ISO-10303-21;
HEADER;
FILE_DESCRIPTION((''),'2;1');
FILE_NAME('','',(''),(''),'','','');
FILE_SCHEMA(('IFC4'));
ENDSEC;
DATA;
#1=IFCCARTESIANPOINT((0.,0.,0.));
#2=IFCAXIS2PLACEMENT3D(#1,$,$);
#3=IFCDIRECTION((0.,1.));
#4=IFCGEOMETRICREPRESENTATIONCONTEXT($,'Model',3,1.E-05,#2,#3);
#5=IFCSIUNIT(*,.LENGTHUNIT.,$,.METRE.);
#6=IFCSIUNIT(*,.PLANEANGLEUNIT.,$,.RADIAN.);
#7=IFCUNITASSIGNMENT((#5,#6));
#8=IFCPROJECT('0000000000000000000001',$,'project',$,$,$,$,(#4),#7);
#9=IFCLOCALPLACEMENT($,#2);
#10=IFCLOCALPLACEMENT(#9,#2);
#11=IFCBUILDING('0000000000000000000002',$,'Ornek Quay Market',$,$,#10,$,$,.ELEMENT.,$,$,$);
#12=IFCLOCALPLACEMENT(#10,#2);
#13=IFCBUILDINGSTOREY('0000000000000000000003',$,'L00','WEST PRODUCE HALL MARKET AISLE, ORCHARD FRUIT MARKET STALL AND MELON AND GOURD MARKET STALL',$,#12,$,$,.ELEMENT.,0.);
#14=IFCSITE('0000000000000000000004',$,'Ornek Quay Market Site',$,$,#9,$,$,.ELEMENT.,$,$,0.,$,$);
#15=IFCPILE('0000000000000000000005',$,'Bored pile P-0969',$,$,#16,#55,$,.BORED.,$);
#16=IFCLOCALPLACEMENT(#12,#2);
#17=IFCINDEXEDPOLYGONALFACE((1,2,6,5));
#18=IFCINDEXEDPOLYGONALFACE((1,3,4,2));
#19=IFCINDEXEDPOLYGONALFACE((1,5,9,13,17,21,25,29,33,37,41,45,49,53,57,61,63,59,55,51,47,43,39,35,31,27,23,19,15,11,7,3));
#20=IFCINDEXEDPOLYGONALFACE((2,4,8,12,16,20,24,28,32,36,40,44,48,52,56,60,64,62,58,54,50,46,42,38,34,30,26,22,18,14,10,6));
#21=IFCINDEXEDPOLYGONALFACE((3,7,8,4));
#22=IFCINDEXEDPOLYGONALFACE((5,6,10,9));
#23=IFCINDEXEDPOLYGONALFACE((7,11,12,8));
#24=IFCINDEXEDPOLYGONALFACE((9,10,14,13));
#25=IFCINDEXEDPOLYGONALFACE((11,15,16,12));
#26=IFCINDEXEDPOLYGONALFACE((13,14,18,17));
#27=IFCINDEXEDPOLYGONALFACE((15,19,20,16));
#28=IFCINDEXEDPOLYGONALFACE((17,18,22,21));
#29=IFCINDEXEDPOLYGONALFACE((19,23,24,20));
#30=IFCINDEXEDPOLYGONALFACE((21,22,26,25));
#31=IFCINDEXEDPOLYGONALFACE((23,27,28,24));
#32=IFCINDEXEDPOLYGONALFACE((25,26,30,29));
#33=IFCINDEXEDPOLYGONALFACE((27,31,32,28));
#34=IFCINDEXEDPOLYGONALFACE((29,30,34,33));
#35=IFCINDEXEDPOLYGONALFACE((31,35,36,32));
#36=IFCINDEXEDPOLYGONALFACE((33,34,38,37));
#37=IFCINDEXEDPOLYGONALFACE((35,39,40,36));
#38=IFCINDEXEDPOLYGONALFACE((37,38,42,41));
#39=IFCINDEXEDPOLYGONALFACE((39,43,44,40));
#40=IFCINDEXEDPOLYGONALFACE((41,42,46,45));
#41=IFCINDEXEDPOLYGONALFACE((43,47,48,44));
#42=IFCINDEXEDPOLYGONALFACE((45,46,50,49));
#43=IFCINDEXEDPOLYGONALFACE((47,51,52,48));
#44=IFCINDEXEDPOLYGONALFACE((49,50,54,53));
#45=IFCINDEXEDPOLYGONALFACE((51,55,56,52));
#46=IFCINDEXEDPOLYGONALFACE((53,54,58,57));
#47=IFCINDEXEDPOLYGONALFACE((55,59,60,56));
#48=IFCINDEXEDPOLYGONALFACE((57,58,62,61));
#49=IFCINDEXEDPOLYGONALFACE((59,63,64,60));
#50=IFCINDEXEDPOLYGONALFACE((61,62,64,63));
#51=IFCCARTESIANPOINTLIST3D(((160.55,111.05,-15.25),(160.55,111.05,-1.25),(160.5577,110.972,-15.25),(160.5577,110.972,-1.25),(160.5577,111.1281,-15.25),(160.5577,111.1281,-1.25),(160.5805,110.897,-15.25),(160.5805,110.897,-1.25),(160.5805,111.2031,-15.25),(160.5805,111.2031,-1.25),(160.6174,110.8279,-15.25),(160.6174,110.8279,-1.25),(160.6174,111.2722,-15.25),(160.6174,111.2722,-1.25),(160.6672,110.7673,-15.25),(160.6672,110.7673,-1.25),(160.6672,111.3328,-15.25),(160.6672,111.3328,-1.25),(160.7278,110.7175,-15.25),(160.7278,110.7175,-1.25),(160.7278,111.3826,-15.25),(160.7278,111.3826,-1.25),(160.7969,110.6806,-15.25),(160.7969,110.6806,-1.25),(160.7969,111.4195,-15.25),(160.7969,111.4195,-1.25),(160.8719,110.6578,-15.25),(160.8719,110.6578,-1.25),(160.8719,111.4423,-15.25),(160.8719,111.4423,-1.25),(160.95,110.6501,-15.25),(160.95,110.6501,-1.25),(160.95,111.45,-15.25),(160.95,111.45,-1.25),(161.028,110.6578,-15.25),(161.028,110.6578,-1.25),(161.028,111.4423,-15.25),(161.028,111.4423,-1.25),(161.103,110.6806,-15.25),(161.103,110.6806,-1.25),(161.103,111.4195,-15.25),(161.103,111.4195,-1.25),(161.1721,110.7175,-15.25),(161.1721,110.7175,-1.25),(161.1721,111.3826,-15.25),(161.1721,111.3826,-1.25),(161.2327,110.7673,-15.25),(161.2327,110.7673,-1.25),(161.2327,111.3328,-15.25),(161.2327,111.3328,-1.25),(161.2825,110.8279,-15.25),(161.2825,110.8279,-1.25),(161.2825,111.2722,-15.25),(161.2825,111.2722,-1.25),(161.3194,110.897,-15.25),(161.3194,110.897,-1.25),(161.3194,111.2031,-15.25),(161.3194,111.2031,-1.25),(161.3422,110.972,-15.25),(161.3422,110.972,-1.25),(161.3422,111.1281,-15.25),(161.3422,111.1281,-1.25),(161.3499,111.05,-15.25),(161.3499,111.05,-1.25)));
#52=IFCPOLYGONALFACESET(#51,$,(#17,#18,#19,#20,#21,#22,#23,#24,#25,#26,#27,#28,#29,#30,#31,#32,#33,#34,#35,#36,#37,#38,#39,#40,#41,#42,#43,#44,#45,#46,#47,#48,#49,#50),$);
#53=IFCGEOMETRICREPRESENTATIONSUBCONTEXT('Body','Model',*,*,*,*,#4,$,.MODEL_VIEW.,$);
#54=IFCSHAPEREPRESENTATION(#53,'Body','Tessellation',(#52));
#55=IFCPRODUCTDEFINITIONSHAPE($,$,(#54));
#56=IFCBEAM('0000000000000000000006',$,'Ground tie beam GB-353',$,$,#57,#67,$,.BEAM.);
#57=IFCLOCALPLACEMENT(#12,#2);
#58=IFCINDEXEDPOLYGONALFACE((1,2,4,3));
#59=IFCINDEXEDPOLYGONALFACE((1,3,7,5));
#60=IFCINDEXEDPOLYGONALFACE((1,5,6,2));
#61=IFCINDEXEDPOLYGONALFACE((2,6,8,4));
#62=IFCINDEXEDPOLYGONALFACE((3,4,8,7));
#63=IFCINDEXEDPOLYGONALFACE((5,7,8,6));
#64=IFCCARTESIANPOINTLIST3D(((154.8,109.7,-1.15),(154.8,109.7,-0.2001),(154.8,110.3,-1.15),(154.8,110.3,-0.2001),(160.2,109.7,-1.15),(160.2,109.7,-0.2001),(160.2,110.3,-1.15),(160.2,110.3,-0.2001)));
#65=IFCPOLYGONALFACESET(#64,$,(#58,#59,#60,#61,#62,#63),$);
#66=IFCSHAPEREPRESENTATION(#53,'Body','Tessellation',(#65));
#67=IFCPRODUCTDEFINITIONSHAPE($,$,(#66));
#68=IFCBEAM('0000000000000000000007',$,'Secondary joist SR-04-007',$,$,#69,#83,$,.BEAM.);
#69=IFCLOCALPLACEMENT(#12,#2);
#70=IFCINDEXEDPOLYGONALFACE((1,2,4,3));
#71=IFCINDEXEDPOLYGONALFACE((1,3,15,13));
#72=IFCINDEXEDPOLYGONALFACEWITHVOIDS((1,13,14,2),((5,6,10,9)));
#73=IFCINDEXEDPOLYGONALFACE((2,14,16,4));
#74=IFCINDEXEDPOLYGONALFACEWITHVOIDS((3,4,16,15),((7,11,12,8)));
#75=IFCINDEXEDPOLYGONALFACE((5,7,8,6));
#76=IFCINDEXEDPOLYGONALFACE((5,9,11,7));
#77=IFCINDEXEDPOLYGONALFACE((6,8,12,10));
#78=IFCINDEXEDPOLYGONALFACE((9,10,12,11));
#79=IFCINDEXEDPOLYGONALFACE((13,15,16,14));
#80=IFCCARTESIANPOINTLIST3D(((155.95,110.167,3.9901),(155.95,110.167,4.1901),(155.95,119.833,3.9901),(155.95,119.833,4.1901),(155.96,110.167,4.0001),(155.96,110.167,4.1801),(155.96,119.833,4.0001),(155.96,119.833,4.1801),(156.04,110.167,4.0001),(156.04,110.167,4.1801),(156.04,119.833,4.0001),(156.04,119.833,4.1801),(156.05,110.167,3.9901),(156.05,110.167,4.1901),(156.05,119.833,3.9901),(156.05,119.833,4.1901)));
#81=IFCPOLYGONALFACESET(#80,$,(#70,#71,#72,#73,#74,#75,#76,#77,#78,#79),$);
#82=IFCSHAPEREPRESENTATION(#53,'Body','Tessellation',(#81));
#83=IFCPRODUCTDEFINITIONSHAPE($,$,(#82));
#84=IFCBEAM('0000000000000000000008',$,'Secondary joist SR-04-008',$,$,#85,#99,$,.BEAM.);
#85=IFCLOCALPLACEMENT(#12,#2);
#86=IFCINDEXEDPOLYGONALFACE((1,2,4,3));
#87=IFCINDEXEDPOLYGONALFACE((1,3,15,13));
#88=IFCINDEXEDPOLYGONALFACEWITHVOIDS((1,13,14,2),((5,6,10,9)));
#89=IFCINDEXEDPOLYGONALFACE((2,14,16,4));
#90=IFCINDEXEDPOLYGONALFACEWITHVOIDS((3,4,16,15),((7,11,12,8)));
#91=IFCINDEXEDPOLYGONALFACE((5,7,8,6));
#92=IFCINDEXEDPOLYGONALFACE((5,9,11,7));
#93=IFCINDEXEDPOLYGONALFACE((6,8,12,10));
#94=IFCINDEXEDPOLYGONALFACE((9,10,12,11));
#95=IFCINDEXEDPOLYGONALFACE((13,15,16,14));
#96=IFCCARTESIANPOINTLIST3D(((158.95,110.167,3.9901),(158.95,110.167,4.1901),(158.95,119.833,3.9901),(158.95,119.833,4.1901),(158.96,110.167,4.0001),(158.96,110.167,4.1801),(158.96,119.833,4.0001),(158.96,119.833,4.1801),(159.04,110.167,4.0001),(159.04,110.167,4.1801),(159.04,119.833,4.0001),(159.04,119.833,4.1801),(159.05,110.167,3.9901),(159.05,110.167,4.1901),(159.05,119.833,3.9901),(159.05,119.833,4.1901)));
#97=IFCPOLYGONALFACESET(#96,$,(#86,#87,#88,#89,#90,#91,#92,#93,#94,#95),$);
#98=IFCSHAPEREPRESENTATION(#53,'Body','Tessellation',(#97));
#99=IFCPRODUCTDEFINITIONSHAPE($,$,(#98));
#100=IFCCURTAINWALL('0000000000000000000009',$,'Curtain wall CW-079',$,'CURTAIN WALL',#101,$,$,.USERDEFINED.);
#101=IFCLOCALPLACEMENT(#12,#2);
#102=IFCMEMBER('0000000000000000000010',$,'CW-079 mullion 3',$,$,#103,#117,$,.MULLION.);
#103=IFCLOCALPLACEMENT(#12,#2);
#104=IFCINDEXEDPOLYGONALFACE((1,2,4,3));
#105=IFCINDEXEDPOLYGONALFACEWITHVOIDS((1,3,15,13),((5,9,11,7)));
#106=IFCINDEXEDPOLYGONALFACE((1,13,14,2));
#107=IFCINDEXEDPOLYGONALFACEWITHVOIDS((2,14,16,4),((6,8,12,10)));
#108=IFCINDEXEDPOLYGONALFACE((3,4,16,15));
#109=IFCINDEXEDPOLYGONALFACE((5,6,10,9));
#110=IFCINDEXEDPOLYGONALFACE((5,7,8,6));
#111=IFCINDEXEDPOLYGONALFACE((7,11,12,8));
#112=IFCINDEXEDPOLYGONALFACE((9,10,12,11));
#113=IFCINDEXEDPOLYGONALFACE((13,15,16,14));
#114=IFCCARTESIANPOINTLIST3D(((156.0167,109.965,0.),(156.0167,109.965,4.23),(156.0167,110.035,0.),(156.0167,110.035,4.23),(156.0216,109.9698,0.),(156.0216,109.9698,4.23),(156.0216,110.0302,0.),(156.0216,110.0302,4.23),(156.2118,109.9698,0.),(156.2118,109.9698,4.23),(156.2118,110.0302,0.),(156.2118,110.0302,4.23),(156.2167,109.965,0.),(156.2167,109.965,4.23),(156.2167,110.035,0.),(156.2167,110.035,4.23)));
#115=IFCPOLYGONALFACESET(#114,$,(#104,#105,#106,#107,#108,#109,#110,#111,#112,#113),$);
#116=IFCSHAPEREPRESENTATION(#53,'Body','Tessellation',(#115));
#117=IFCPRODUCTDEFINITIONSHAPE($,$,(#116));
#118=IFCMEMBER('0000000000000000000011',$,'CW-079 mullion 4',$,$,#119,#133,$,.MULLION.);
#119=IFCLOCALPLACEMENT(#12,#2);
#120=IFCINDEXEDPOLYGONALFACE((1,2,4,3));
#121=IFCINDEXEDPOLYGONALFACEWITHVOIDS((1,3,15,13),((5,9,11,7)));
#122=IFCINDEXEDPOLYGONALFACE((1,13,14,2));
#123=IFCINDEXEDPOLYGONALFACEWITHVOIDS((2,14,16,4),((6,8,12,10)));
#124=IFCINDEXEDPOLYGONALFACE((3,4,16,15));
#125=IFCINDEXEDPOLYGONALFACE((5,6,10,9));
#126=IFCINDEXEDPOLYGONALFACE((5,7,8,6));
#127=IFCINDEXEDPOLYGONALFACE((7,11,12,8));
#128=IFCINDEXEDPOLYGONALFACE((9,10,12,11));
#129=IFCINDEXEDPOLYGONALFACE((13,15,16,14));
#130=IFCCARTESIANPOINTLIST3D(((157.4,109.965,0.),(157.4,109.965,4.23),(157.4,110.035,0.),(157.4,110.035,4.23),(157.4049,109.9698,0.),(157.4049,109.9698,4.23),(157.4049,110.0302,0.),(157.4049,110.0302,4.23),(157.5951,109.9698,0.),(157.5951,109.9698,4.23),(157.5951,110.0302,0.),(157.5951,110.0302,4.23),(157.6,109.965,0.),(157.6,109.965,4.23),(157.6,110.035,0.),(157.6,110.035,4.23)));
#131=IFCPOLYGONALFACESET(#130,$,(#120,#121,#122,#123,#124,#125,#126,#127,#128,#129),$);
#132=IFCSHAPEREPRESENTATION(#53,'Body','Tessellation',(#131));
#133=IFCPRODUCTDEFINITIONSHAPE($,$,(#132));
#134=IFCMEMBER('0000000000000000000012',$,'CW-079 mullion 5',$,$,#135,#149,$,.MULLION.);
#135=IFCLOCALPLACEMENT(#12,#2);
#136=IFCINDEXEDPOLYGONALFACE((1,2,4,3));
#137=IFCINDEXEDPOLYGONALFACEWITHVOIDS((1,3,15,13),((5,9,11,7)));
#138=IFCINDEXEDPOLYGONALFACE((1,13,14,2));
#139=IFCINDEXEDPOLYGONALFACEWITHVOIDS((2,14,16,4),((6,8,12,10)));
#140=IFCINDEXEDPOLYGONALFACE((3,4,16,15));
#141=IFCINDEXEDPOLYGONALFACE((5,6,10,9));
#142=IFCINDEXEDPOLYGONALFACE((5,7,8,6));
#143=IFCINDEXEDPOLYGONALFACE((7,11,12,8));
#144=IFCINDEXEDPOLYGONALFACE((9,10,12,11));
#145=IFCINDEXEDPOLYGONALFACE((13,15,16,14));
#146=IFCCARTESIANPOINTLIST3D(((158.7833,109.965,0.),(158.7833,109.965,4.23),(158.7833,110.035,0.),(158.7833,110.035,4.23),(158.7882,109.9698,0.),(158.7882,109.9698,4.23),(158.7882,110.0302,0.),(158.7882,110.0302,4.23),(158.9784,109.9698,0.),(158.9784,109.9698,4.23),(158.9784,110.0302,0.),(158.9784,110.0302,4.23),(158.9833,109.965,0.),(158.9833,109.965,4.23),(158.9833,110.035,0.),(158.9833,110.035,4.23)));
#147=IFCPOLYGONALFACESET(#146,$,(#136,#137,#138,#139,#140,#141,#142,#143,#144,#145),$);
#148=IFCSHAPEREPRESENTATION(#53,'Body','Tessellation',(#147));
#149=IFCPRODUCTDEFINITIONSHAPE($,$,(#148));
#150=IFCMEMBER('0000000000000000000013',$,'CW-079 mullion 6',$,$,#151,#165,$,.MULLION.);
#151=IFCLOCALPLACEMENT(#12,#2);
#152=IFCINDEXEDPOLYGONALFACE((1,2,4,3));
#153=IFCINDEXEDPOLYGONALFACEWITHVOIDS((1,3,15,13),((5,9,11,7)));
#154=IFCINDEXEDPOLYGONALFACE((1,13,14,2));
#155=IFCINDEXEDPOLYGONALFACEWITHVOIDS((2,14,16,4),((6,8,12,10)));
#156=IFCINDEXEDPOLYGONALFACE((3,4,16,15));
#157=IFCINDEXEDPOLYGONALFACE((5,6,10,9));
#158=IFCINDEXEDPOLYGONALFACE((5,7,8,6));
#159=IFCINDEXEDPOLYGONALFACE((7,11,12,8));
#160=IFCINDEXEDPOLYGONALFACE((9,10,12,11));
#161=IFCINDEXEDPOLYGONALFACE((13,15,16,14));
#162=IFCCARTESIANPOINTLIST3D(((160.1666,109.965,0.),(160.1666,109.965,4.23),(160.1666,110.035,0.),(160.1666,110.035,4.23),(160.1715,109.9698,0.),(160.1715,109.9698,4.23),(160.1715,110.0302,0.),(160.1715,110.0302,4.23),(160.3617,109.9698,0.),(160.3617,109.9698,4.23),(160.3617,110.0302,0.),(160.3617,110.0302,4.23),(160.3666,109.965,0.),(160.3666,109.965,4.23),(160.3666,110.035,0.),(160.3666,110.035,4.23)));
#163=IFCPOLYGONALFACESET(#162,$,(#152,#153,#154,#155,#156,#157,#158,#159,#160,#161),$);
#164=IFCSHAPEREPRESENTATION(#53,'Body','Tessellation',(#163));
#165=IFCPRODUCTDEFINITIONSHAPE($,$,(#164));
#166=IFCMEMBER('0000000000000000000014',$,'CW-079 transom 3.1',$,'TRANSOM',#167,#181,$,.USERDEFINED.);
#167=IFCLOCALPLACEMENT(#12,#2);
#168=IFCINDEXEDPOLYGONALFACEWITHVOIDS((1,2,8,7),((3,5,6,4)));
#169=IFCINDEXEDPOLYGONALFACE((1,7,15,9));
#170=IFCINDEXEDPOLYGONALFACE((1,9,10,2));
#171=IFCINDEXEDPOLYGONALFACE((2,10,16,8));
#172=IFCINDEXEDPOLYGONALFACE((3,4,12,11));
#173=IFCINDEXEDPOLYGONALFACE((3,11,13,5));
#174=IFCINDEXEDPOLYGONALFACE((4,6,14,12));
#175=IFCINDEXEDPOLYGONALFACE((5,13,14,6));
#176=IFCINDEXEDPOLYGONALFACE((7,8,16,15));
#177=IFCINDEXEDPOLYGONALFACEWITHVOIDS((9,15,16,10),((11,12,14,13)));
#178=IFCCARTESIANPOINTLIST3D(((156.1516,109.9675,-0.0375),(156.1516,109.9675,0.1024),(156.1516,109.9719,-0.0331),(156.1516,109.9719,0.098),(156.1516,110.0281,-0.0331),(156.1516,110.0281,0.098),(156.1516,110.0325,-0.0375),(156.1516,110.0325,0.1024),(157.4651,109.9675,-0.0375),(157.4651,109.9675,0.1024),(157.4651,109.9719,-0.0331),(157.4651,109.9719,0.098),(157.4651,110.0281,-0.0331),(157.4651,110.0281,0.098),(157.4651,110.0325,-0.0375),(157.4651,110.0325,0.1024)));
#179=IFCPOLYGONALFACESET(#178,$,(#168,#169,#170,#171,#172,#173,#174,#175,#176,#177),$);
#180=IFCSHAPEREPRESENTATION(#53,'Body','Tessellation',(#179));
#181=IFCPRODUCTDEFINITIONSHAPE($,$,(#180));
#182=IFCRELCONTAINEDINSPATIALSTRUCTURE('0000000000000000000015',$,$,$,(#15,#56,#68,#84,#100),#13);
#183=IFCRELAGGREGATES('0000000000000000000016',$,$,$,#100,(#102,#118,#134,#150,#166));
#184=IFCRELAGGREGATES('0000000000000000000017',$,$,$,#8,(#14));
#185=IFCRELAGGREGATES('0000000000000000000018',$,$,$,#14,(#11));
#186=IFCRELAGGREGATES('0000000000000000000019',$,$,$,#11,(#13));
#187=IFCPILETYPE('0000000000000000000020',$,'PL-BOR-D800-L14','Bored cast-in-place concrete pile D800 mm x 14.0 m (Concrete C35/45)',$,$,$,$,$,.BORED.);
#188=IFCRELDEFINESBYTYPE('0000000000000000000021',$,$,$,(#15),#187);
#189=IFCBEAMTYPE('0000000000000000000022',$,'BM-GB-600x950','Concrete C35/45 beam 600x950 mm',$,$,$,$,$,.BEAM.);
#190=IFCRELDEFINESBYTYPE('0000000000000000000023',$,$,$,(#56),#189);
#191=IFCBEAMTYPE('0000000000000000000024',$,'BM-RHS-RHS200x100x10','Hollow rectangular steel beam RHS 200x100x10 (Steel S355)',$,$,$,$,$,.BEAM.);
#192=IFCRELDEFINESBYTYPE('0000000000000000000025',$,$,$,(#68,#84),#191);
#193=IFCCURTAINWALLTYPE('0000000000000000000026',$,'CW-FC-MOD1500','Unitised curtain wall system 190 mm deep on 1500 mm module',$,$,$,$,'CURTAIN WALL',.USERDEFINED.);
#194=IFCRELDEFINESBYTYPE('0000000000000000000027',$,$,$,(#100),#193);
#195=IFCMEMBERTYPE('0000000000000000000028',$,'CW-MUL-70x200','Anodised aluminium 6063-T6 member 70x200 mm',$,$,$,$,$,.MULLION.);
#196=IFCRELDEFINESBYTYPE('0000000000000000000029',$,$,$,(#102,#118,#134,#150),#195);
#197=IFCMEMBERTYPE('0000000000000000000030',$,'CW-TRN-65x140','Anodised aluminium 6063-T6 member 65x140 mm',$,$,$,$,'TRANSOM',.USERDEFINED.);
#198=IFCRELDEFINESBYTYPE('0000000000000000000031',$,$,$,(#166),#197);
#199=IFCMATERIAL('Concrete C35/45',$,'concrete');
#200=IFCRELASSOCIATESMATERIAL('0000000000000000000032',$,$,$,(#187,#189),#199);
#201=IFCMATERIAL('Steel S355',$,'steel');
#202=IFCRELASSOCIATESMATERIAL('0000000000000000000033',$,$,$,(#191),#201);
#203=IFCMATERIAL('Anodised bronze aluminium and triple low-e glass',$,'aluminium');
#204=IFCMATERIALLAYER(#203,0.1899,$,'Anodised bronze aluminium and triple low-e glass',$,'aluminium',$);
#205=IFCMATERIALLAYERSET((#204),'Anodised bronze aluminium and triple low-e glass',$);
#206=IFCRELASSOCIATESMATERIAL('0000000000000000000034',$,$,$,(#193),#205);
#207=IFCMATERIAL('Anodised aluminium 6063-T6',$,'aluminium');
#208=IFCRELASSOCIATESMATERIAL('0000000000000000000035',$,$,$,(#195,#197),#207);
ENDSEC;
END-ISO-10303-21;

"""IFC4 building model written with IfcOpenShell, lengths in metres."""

from ifc_helpers import new_model, si_unit, direction, frame, origin, origin_2d, place, context, subcontext, project, spatial, rectangle, hollow_rectangle, circle, extrude, material, layer, layer_set, material_profile, profile_set, type_object, element, aggregate, save


model = new_model("IFC4")

# Units and contexts
model_context = context("Model", 3, precision=1e-05, world=origin(), true_north=direction((0.0, 1.0)))
body_context = subcontext(model_context, "Body", "Model", "MODEL_VIEW")
ifc_project = project(units=[si_unit("LENGTHUNIT", "METRE"), si_unit("PLANEANGLEUNIT", "RADIAN")], contexts=[model_context])

# Site, building, storey
site_placement = place(None, origin())
site = spatial("IfcSite", under=ifc_project, at=site_placement, Name="Ornek Quay Market Site", CompositionType="ELEMENT", RefElevation=0.0)
building_placement = place(site_placement, origin())
building = spatial("IfcBuilding", under=site, at=building_placement, Name="Ornek Quay Market", CompositionType="ELEMENT")
storey_placement = place(building_placement, origin())
storey = spatial("IfcBuildingStorey", under=building, at=storey_placement, Name="L00", Description="WEST PRODUCE HALL MARKET AISLE, ORCHARD FRUIT MARKET STALL AND MELON AND GOURD MARKET STALL", CompositionType="ELEMENT", Elevation=0.0)

# Pile
ifc_material_1 = material(Name="Concrete C35/45", Category="concrete")
ifc_material_profile_1 = material_profile(ifc_material_1, circle(Radius=0.3999, at=origin_2d()), Name="PILE D800", Category="concrete")
ifc_profile_set_1 = profile_set([ifc_material_profile_1], Name="Concrete C35/45")
pile_type = type_object("IfcPileType", Name="PL-BOR-D800-L14", Description="Bored cast-in-place concrete pile D800 mm x 14.0 m (Concrete C35/45)", PredefinedType="BORED", material=ifc_profile_set_1)
pile_placement = place(storey_placement, frame((160.95, 111.05, -1.25), z_axis=(0.0, 0.0, -1.0), x_axis=(1.0, 0.0, 0.0)))
element("IfcPile", 1, at=pile_placement, inside=storey, type_object=pile_type, Name="Bored pile P-0969", PredefinedType="BORED", context=body_context, shape_type="SweptSolid", body=[
    extrude(circle(Radius=0.3999, at=origin_2d()), origin(), (0.0, 0.0, 1.0), 14.0),
])

# Beams
ifc_material_profile_2 = material_profile(ifc_material_1, rectangle(XDim=0.6001, YDim=0.95, at=origin_2d()), Name="RC 600x950", Category="concrete")
ifc_profile_set_2 = profile_set([ifc_material_profile_2], Name="Concrete C35/45")
beam_type_1 = type_object("IfcBeamType", Name="BM-GB-600x950", Description="Concrete C35/45 beam 600x950 mm", PredefinedType="BEAM", material=ifc_profile_set_2)
beam_placement = place(storey_placement, frame((154.8, 110.0, -0.675), z_axis=(1.0, 0.0, 0.0), x_axis=(0.0, 1.0, 0.0)))
element("IfcBeam", 2, at=beam_placement, inside=storey, type_object=beam_type_1, Name="Ground tie beam GB-353", PredefinedType="BEAM", context=body_context, shape_type="SweptSolid", body=[
    extrude(rectangle(XDim=0.6001, YDim=0.95, at=origin_2d()), origin(), (0.0, 0.0, 1.0), 5.3999),
])
ifc_material_2 = material(Name="Steel S355", Category="steel")
ifc_material_profile_3 = material_profile(ifc_material_2, hollow_rectangle(XDim=0.1001, YDim=0.2, WallThickness=0.01, at=origin_2d()), Name="RHS 200x100x10", Category="steel")
ifc_profile_set_3 = profile_set([ifc_material_profile_3], Name="Steel S355")
beam_type_2 = type_object("IfcBeamType", Name="BM-RHS-RHS200x100x10", Description="Hollow rectangular steel beam RHS 200x100x10 (Steel S355)", PredefinedType="BEAM", material=ifc_profile_set_3)
for number, where, z_axis, x_axis, name in (
    (3, (156.0, 110.167, 4.0901), (0.0, 1.0, 0.0), (-1.0, 0.0, 0.0), "Secondary joist SR-04-007"),
    (4, (159.0, 110.167, 4.0901), (0.0, 1.0, 0.0), (-1.0, 0.0, 0.0), "Secondary joist SR-04-008"),
):
    element("IfcBeam", number, at=place(storey_placement, frame(where, z_axis=z_axis, x_axis=x_axis)), inside=storey, type_object=beam_type_2, Name=name, PredefinedType="BEAM", context=body_context, shape_type="SweptSolid", body=[
        extrude(hollow_rectangle(XDim=0.1001, YDim=0.2, WallThickness=0.01, at=origin_2d()), origin(), (0.0, 0.0, 1.0), 9.666),
    ])

# Curtain wall, members
ifc_material_3 = material(Name="Anodised bronze aluminium and triple low-e glass", Category="aluminium")
ifc_layer_1 = layer(ifc_material_3, 0.1899, Name="Anodised bronze aluminium and triple low-e glass", Category="aluminium")
ifc_layer_set_1 = layer_set([ifc_layer_1], Name="Anodised bronze aluminium and triple low-e glass")
curtain_wall_type = type_object("IfcCurtainWallType", Name="CW-FC-MOD1500", Description="Unitised curtain wall system 190 mm deep on 1500 mm module", ElementType="CURTAIN WALL", PredefinedType="USERDEFINED", material=ifc_layer_set_1)
curtain_wall_placement = place(storey_placement, origin())
curtain_wall = element("IfcCurtainWall", 5, at=curtain_wall_placement, inside=storey, type_object=curtain_wall_type, Name="Curtain wall CW-079", ObjectType="CURTAIN WALL", PredefinedType="USERDEFINED")
ifc_material_4 = material(Name="Anodised aluminium 6063-T6", Category="aluminium")
ifc_material_profile_4 = material_profile(ifc_material_4, hollow_rectangle(XDim=0.0701, YDim=0.2, WallThickness=0.0049, at=origin_2d()), Name="CW-MUL-70x200", Category="aluminium")
ifc_profile_set_4 = profile_set([ifc_material_profile_4], Name="Anodised aluminium 6063-T6")
member_type_1 = type_object("IfcMemberType", Name="CW-MUL-70x200", Description="Anodised aluminium 6063-T6 member 70x200 mm", PredefinedType="MULLION", material=ifc_profile_set_4)
member_1_placement = place(storey_placement, frame((156.1167, 110.0, 0.0), z_axis=(0.0, 0.0, 1.0), x_axis=(0.0, 1.0, 0.0)))
member_1 = element("IfcMember", 6, at=member_1_placement, type_object=member_type_1, Name="CW-079 mullion 3", PredefinedType="MULLION", context=body_context, shape_type="SweptSolid", body=[
    extrude(hollow_rectangle(XDim=0.0701, YDim=0.2, WallThickness=0.0049, at=origin_2d()), origin(), (0.0, 0.0, 1.0), 4.23),
])
member_2_placement = place(storey_placement, frame((157.5, 110.0, 0.0), z_axis=(0.0, 0.0, 1.0), x_axis=(0.0, 1.0, 0.0)))
member_2 = element("IfcMember", 7, at=member_2_placement, type_object=member_type_1, Name="CW-079 mullion 4", PredefinedType="MULLION", context=body_context, shape_type="SweptSolid", body=[
    extrude(hollow_rectangle(XDim=0.0701, YDim=0.2, WallThickness=0.0049, at=origin_2d()), origin(), (0.0, 0.0, 1.0), 4.23),
])
member_3_placement = place(storey_placement, frame((158.8833, 110.0, 0.0), z_axis=(0.0, 0.0, 1.0), x_axis=(0.0, 1.0, 0.0)))
member_3 = element("IfcMember", 8, at=member_3_placement, type_object=member_type_1, Name="CW-079 mullion 5", PredefinedType="MULLION", context=body_context, shape_type="SweptSolid", body=[
    extrude(hollow_rectangle(XDim=0.0701, YDim=0.2, WallThickness=0.0049, at=origin_2d()), origin(), (0.0, 0.0, 1.0), 4.23),
])
member_4_placement = place(storey_placement, frame((160.2666, 110.0, 0.0), z_axis=(0.0, 0.0, 1.0), x_axis=(0.0, 1.0, 0.0)))
member_4 = element("IfcMember", 9, at=member_4_placement, type_object=member_type_1, Name="CW-079 mullion 6", PredefinedType="MULLION", context=body_context, shape_type="SweptSolid", body=[
    extrude(hollow_rectangle(XDim=0.0701, YDim=0.2, WallThickness=0.0049, at=origin_2d()), origin(), (0.0, 0.0, 1.0), 4.23),
])
ifc_material_profile_5 = material_profile(ifc_material_4, hollow_rectangle(XDim=0.0649, YDim=0.1399, WallThickness=0.0044, at=origin_2d()), Name="CW-TRN-65x140", Category="aluminium")
ifc_profile_set_5 = profile_set([ifc_material_profile_5], Name="Anodised aluminium 6063-T6")
member_type_2 = type_object("IfcMemberType", Name="CW-TRN-65x140", Description="Anodised aluminium 6063-T6 member 65x140 mm", ElementType="TRANSOM", PredefinedType="USERDEFINED", material=ifc_profile_set_5)
member_5_placement = place(storey_placement, frame((156.1516, 110.0, 0.0325), z_axis=(1.0, 0.0, 0.0), x_axis=(0.0, 1.0, 0.0)))
member_5 = element("IfcMember", 10, at=member_5_placement, type_object=member_type_2, Name="CW-079 transom 3.1", ObjectType="TRANSOM", PredefinedType="USERDEFINED", context=body_context, shape_type="SweptSolid", body=[
    extrude(hollow_rectangle(XDim=0.0649, YDim=0.1399, WallThickness=0.0044, at=origin_2d()), origin(), (0.0, 0.0, 1.0), 1.3135),
])
aggregate(curtain_wall, [member_1, member_2, member_3, member_4, member_5])

save(model, "model.ifc")
